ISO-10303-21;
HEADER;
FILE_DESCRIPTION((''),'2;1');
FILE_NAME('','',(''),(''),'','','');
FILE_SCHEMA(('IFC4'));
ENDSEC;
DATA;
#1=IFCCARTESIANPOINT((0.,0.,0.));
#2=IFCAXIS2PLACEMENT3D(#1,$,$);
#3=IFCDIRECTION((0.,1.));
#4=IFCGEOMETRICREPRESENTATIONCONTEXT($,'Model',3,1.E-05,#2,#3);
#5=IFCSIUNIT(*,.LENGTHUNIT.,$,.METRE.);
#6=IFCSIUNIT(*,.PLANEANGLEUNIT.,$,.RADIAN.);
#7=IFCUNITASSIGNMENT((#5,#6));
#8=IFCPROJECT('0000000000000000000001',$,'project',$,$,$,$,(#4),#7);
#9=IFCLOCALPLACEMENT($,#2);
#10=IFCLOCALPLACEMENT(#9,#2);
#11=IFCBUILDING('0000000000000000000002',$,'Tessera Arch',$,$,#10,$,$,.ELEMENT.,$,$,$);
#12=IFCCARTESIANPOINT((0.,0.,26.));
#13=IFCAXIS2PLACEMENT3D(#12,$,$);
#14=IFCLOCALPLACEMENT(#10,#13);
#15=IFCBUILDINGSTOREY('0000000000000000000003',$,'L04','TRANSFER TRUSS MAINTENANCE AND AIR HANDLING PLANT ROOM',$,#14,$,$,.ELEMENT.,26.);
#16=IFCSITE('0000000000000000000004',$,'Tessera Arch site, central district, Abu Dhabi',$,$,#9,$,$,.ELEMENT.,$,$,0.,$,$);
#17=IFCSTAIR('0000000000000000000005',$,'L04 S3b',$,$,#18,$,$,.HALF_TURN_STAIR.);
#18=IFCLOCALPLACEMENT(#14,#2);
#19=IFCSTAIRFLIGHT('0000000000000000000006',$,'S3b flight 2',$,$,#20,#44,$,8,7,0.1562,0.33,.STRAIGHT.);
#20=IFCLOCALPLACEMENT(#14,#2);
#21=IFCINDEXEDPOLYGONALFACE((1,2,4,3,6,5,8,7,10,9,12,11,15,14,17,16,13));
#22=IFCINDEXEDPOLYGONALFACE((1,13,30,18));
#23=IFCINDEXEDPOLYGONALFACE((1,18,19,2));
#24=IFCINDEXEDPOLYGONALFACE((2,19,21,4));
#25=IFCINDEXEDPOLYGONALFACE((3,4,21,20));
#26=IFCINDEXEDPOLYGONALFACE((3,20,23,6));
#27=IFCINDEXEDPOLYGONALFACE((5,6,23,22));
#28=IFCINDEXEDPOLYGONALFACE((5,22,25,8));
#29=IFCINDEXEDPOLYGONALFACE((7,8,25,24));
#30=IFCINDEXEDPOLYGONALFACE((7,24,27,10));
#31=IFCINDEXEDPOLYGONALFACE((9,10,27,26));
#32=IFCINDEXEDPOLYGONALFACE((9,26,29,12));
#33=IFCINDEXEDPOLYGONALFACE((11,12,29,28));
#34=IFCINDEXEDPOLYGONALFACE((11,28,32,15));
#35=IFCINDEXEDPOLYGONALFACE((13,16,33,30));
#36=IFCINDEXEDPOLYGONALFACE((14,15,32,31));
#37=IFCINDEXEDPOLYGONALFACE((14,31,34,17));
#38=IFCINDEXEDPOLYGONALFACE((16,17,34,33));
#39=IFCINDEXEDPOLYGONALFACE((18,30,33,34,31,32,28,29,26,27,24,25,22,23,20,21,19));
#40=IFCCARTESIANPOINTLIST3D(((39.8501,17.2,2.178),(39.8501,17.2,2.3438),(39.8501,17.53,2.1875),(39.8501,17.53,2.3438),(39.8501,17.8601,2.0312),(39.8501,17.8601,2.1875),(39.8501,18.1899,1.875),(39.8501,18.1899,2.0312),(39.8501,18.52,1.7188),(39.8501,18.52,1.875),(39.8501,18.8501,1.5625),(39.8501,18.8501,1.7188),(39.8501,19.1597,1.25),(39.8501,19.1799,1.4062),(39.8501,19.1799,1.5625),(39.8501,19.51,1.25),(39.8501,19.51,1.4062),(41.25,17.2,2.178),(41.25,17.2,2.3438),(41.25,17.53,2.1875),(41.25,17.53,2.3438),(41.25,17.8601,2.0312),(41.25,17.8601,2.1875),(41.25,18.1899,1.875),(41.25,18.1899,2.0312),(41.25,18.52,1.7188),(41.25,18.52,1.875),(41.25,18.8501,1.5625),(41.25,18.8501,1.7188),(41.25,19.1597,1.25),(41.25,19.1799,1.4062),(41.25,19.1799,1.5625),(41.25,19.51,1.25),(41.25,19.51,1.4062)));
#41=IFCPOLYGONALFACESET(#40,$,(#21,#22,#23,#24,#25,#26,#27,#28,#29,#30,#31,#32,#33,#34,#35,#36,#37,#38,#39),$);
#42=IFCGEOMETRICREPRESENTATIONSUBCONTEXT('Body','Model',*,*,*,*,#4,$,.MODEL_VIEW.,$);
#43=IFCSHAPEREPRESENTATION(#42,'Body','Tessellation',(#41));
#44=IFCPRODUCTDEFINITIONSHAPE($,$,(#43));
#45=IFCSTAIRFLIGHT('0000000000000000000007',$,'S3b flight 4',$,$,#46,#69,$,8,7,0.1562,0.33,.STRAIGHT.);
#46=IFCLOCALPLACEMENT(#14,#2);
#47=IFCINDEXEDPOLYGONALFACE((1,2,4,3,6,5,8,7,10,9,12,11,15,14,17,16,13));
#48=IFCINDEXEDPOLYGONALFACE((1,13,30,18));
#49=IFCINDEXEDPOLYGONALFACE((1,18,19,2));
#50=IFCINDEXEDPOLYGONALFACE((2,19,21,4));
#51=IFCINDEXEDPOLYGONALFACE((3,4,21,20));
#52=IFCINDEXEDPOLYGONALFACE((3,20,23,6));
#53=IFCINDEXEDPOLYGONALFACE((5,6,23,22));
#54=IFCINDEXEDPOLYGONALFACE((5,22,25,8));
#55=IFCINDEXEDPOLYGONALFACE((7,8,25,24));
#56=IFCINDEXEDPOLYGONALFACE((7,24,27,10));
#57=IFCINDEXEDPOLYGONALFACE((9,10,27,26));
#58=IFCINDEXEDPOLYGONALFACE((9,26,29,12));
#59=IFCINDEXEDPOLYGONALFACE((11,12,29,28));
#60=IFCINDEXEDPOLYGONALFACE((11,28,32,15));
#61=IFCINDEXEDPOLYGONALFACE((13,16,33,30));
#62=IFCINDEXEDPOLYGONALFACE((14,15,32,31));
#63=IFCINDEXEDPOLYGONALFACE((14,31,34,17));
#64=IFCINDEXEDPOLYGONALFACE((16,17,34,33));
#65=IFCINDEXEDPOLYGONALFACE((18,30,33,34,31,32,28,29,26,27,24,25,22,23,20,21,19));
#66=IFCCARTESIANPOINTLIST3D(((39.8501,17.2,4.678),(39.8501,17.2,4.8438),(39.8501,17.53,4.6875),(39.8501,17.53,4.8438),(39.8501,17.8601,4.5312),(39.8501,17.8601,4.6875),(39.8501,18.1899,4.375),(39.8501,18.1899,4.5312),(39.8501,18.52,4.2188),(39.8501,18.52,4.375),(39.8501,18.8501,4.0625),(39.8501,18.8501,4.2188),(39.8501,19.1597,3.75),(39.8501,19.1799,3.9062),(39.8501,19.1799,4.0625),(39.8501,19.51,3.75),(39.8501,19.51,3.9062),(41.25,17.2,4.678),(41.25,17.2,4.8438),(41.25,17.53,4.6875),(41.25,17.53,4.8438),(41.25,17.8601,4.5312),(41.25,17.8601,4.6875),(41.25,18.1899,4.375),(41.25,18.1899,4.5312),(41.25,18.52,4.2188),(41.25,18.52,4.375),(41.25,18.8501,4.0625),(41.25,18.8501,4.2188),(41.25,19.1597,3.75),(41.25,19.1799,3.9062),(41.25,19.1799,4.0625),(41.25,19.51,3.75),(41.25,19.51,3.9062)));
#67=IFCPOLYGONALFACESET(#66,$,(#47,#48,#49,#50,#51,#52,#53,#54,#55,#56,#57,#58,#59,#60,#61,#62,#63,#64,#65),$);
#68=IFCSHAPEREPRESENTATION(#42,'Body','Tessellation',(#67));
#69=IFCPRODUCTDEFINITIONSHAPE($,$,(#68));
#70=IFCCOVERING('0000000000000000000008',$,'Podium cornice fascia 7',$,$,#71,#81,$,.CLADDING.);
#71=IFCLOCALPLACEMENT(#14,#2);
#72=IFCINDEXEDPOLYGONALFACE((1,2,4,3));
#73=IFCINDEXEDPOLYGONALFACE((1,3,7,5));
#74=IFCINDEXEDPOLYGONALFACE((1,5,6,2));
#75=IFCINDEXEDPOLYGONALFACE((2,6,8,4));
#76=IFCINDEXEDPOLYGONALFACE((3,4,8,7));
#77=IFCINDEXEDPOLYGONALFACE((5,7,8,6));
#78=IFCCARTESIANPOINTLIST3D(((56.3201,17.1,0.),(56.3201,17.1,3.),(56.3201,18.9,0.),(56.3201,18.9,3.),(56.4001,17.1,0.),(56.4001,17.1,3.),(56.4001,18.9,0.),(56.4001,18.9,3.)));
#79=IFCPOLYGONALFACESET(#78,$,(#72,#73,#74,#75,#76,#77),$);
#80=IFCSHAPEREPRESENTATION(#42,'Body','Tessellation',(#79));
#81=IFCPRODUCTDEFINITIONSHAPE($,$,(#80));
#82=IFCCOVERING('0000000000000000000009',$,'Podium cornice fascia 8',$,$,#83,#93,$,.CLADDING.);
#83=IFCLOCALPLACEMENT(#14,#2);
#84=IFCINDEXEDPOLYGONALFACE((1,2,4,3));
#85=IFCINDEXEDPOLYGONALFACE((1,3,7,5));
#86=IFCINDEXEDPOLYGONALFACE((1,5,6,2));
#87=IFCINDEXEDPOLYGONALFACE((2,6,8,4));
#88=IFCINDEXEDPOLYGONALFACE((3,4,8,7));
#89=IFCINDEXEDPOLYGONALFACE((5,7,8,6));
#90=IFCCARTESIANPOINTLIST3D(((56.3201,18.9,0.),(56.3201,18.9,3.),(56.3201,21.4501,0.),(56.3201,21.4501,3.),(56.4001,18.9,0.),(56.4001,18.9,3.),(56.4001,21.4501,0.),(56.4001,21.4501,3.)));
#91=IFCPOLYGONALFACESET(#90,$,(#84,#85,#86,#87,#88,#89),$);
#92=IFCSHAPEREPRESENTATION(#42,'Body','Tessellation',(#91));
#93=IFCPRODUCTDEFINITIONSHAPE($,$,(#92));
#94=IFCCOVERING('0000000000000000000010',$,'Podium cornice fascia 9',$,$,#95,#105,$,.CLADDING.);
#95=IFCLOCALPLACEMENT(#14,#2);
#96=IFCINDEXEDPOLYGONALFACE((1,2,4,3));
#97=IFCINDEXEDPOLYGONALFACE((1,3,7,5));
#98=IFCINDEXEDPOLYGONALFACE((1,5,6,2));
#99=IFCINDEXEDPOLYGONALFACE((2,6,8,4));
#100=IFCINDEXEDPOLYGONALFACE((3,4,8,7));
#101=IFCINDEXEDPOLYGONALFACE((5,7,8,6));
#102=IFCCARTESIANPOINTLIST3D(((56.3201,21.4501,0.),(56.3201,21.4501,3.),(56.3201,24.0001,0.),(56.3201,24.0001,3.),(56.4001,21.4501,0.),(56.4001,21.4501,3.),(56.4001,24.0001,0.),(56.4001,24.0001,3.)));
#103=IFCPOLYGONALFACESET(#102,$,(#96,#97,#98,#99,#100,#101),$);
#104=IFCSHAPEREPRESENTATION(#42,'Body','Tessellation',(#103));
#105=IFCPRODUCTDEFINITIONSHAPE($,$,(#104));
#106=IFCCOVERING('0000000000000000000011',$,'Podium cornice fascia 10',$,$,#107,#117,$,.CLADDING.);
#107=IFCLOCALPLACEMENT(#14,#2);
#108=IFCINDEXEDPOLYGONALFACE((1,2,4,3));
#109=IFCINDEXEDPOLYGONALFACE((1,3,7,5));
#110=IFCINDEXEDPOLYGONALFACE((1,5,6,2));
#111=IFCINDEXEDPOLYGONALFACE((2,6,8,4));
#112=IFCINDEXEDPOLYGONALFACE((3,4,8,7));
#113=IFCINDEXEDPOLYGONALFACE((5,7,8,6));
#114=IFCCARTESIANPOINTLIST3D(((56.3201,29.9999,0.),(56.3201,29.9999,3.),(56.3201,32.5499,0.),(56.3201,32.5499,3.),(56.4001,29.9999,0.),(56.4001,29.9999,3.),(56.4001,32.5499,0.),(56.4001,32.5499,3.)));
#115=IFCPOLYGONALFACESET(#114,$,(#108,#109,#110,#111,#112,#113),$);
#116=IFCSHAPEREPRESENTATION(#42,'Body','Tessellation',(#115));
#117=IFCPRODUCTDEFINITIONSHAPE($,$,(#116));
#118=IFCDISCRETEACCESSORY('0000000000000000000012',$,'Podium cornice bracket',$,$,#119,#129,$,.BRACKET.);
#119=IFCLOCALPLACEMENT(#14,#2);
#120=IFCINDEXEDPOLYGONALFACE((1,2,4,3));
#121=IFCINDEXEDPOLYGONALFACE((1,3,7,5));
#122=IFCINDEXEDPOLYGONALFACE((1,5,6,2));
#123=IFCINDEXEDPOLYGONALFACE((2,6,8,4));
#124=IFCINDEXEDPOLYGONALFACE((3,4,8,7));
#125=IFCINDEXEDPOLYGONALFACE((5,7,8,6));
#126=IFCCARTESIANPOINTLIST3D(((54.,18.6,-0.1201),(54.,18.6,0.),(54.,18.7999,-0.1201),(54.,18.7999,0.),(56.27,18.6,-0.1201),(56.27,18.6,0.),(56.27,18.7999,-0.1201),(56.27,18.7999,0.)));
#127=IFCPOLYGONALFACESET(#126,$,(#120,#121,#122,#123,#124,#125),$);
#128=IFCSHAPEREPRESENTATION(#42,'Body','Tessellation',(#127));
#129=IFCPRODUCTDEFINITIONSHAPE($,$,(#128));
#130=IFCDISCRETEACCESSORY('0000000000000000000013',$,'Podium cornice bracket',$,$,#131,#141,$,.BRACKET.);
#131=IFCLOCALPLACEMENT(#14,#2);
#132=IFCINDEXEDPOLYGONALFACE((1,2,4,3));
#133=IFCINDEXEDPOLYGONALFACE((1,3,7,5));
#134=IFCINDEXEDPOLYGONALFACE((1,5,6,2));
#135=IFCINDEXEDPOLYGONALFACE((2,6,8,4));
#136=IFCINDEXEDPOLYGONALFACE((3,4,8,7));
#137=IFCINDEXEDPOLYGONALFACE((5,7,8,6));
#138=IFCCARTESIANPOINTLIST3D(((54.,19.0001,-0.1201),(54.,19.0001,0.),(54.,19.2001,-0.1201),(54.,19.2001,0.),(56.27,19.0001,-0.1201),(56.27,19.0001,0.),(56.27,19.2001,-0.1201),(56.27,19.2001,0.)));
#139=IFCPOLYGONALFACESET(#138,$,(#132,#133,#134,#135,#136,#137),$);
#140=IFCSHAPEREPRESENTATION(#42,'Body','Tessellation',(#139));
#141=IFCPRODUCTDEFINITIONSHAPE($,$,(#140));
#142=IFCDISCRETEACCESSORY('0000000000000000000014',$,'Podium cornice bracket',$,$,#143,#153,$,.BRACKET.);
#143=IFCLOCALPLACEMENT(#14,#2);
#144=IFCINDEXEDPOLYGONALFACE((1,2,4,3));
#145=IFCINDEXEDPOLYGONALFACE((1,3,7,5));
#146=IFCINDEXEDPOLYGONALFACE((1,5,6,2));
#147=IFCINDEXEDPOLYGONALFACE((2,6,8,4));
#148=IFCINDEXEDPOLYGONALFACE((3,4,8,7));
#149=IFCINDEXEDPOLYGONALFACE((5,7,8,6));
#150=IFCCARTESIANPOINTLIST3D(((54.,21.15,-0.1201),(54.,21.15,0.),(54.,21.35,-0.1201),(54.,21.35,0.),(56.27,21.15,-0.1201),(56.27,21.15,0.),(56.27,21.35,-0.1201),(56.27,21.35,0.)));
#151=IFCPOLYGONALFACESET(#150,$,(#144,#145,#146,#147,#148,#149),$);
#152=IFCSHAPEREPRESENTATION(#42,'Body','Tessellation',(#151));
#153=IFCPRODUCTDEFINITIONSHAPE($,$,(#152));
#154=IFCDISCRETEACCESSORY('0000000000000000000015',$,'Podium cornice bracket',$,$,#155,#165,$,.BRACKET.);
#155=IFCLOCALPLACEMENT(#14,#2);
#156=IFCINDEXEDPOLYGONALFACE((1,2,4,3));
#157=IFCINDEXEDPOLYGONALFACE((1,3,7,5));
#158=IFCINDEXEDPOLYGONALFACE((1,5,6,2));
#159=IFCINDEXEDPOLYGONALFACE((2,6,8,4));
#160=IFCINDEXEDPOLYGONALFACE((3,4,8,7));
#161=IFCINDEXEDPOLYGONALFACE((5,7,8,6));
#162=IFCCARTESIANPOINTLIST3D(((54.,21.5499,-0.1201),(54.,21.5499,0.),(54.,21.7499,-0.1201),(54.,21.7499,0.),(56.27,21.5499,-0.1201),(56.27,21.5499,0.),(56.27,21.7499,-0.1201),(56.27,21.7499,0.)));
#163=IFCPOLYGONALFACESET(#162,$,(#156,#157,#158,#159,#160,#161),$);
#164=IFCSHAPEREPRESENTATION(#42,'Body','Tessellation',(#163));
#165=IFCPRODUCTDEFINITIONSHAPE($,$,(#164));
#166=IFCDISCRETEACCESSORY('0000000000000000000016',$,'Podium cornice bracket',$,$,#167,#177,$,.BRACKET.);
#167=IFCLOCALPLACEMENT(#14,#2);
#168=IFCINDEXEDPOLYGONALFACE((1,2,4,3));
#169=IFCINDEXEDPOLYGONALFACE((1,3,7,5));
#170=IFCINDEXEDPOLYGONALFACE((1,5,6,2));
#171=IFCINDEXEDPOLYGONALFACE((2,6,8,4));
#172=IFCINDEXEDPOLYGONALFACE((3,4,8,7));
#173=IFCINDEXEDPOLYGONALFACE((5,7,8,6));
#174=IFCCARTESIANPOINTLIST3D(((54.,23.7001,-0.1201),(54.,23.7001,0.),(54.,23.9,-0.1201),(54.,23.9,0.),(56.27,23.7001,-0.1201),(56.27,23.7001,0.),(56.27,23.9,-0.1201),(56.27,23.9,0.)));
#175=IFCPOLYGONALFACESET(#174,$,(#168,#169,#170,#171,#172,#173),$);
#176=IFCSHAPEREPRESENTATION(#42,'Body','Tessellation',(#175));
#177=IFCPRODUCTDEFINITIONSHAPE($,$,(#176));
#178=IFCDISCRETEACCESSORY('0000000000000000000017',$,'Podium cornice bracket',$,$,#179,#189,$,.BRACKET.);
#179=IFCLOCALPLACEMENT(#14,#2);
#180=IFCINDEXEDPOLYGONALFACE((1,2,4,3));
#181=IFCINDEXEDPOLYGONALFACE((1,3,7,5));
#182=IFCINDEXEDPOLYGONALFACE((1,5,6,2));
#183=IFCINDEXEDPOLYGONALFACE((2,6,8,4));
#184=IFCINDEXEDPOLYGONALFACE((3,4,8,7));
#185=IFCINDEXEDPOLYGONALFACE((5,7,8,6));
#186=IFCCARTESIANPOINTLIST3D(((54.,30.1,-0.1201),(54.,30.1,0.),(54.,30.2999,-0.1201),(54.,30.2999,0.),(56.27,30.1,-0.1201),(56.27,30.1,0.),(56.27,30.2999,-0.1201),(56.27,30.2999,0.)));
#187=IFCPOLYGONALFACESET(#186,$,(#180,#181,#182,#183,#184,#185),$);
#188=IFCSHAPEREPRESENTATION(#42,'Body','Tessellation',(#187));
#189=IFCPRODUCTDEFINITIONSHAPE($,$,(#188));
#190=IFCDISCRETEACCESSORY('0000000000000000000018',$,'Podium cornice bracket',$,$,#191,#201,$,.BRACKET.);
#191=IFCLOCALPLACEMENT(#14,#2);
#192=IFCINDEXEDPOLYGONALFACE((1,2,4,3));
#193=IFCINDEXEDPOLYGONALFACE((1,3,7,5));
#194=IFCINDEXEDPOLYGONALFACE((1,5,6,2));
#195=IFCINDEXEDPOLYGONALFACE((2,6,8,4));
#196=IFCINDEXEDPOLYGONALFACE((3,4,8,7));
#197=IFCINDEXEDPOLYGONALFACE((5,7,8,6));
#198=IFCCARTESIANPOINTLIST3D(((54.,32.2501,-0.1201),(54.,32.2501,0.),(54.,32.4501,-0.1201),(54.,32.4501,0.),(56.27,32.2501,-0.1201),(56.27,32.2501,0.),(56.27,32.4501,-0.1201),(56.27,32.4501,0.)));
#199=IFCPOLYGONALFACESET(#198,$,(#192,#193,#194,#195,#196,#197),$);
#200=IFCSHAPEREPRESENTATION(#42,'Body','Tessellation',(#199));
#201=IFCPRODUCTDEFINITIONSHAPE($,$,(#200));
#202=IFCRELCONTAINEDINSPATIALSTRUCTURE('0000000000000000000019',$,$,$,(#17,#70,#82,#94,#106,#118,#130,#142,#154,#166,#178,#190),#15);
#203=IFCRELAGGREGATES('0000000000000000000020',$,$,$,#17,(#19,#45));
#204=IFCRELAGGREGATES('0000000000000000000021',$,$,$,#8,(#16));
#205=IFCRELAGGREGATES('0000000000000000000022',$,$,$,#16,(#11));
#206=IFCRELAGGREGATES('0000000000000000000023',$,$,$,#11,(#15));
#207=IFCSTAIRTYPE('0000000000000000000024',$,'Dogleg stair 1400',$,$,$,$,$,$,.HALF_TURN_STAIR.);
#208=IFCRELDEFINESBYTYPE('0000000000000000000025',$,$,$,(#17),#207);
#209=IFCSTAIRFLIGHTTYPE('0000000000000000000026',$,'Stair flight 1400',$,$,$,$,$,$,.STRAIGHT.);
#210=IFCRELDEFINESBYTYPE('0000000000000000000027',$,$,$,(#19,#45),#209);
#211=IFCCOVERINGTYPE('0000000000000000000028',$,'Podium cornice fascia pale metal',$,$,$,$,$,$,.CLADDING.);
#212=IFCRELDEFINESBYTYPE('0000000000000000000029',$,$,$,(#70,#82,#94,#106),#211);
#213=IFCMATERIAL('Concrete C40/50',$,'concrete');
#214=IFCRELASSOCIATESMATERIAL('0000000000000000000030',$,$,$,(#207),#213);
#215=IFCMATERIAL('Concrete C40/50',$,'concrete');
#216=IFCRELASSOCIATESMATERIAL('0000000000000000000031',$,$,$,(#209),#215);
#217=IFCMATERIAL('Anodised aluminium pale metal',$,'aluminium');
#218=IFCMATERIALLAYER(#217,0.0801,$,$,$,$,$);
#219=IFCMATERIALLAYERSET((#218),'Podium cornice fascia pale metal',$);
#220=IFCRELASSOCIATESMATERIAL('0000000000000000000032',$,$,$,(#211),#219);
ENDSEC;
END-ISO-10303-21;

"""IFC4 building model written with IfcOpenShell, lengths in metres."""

from ifc_helpers import new_model, si_unit, direction, frame, origin, origin_2d, place, context, subcontext, project, spatial, polyline, rectangle, outline, extrude, material, layer, layer_set, type_object, element, aggregate, save


model = new_model("IFC4")

# Units and contexts
model_context = context("Model", 3, precision=1e-05, world=origin(), true_north=direction((0.0, 1.0)))
body_context = subcontext(model_context, "Body", "Model", "MODEL_VIEW")
ifc_project = project(units=[si_unit("LENGTHUNIT", "METRE"), si_unit("PLANEANGLEUNIT", "RADIAN")], contexts=[model_context])

# Site, building, storey
site_placement = place(None, origin())
site = spatial("IfcSite", under=ifc_project, at=site_placement, Name="Tessera Arch site, central district, Abu Dhabi", CompositionType="ELEMENT", RefElevation=0.0)
building_placement = place(site_placement, origin())
building = spatial("IfcBuilding", under=site, at=building_placement, Name="Tessera Arch", CompositionType="ELEMENT")
storey_placement = place(building_placement, frame((0.0, 0.0, 26.0)))
storey = spatial("IfcBuildingStorey", under=building, at=storey_placement, Name="L04", Description="TRANSFER TRUSS MAINTENANCE AND AIR HANDLING PLANT ROOM", CompositionType="ELEMENT", Elevation=26.0)

# Stair, stair flights
ifc_material_1 = material(Name="Concrete C40/50", Category="concrete")
stair_type = type_object("IfcStairType", Name="Dogleg stair 1400", PredefinedType="HALF_TURN_STAIR", material=ifc_material_1)
stair_placement = place(storey_placement, origin())
stair = element("IfcStair", 1, at=stair_placement, inside=storey, type_object=stair_type, Name="L04 S3b", PredefinedType="HALF_TURN_STAIR")
ifc_material_2 = material(Name="Concrete C40/50", Category="concrete")
stair_flight_type = type_object("IfcStairFlightType", Name="Stair flight 1400", PredefinedType="STRAIGHT", material=ifc_material_2)
stair_flight_1_placement = place(storey_placement, frame((40.55, 19.51, 1.25), z_axis=(0.0, 0.0, 1.0), x_axis=(0.0, -1.0, 0.0)))
stair_flight_1 = element("IfcStairFlight", 2, at=stair_flight_1_placement, type_object=stair_flight_type, Name="S3b flight 2", NumberOfRisers=8, NumberOfTreads=7, PredefinedType="STRAIGHT", RiserHeight=0.1562, TreadLength=0.33, context=body_context, shape_type="SweptSolid", body=[
    extrude(outline(polyline([(0.0, 0.0), (0.0, 0.1562), (0.3301, 0.1562), (0.3301, 0.3125), (0.6599, 0.3125), (0.6599, 0.4688), (0.99, 0.4688), (0.99, 0.625), (1.3201, 0.625), (1.3201, 0.7812), (1.6499, 0.7812), (1.6499, 0.9375), (1.98, 0.9375), (1.98, 1.0938), (2.3101, 1.0938), (2.3101, 1.25), (2.3101, 0.928), (0.3503, 0.0), (0.0, 0.0)])), frame((0.0, 0.7, 0.0), z_axis=(0.0, -1.0, 0.0), x_axis=(1.0, 0.0, 0.0)), (0.0, 0.0, 1.0), 1.3999),
])
stair_flight_2_placement = place(storey_placement, frame((40.55, 19.51, 3.75), z_axis=(0.0, 0.0, 1.0), x_axis=(0.0, -1.0, 0.0)))
stair_flight_2 = element("IfcStairFlight", 3, at=stair_flight_2_placement, type_object=stair_flight_type, Name="S3b flight 4", NumberOfRisers=8, NumberOfTreads=7, PredefinedType="STRAIGHT", RiserHeight=0.1562, TreadLength=0.33, context=body_context, shape_type="SweptSolid", body=[
    extrude(outline(polyline([(0.0, 0.0), (0.0, 0.1562), (0.3301, 0.1562), (0.3301, 0.3125), (0.6599, 0.3125), (0.6599, 0.4688), (0.99, 0.4688), (0.99, 0.625), (1.3201, 0.625), (1.3201, 0.7812), (1.6499, 0.7812), (1.6499, 0.9375), (1.98, 0.9375), (1.98, 1.0938), (2.3101, 1.0938), (2.3101, 1.25), (2.3101, 0.928), (0.3503, 0.0), (0.0, 0.0)])), frame((0.0, 0.7, 0.0), z_axis=(0.0, -1.0, 0.0), x_axis=(1.0, 0.0, 0.0)), (0.0, 0.0, 1.0), 1.3999),
])
aggregate(stair, [stair_flight_1, stair_flight_2])

# Coverings
ifc_material_3 = material(Name="Anodised aluminium pale metal", Category="aluminium")
ifc_layer_1 = layer(ifc_material_3, 0.0801)
ifc_layer_set_1 = layer_set([ifc_layer_1], Name="Podium cornice fascia pale metal")
covering_type = type_object("IfcCoveringType", Name="Podium cornice fascia pale metal", PredefinedType="CLADDING", material=ifc_layer_set_1)
covering_placement = place(storey_placement, frame((56.3601, 18.0, 0.0), z_axis=(0.0, 0.0, 1.0), x_axis=(0.0, 1.0, 0.0)))
element("IfcCovering", 4, at=covering_placement, inside=storey, type_object=covering_type, Name="Podium cornice fascia 7", PredefinedType="CLADDING", context=body_context, shape_type="SweptSolid", body=[
    extrude(rectangle(XDim=1.8, YDim=0.0801, at=origin_2d()), origin(), (0.0, 0.0, 1.0), 3.0),
])
for number, where, z_axis, x_axis, name in (
    (5, (56.3601, 20.175, 0.0), (0.0, 0.0, 1.0), (0.0, 1.0, 0.0), "Podium cornice fascia 8"),
    (6, (56.3601, 22.7251, 0.0), (0.0, 0.0, 1.0), (0.0, 1.0, 0.0), "Podium cornice fascia 9"),
    (7, (56.3601, 31.2749, 0.0), (0.0, 0.0, 1.0), (0.0, 1.0, 0.0), "Podium cornice fascia 10"),
):
    element("IfcCovering", number, at=place(storey_placement, frame(where, z_axis=z_axis, x_axis=x_axis)), inside=storey, type_object=covering_type, Name=name, PredefinedType="CLADDING", context=body_context, shape_type="SweptSolid", body=[
        extrude(rectangle(XDim=2.55, YDim=0.0801, at=origin_2d()), origin(), (0.0, 0.0, 1.0), 3.0),
    ])

# Discrete accessories
for number, where, z_axis, x_axis, name in (
    (8, (55.135, 18.7, -0.1201), (0.0, 0.0, 1.0), (1.0, 0.0, 0.0), "Podium cornice bracket"),
    (9, (55.135, 19.1001, -0.1201), (0.0, 0.0, 1.0), (1.0, 0.0, 0.0), "Podium cornice bracket"),
    (10, (55.135, 21.25, -0.1201), (0.0, 0.0, 1.0), (1.0, 0.0, 0.0), "Podium cornice bracket"),
    (11, (55.135, 21.6499, -0.1201), (0.0, 0.0, 1.0), (1.0, 0.0, 0.0), "Podium cornice bracket"),
    (12, (55.135, 23.8, -0.1201), (0.0, 0.0, 1.0), (1.0, 0.0, 0.0), "Podium cornice bracket"),
    (13, (55.135, 30.2, -0.1201), (0.0, 0.0, 1.0), (1.0, 0.0, 0.0), "Podium cornice bracket"),
    (14, (55.135, 32.3501, -0.1201), (0.0, 0.0, 1.0), (1.0, 0.0, 0.0), "Podium cornice bracket"),
):
    element("IfcDiscreteAccessory", number, at=place(storey_placement, frame(where, z_axis=z_axis, x_axis=x_axis)), inside=storey, Name=name, PredefinedType="BRACKET", context=body_context, shape_type="SweptSolid", body=[
        extrude(rectangle(XDim=2.27, YDim=0.2, at=origin_2d()), origin(), (0.0, 0.0, 1.0), 0.1201),
    ])

save(model, "model.ifc")
